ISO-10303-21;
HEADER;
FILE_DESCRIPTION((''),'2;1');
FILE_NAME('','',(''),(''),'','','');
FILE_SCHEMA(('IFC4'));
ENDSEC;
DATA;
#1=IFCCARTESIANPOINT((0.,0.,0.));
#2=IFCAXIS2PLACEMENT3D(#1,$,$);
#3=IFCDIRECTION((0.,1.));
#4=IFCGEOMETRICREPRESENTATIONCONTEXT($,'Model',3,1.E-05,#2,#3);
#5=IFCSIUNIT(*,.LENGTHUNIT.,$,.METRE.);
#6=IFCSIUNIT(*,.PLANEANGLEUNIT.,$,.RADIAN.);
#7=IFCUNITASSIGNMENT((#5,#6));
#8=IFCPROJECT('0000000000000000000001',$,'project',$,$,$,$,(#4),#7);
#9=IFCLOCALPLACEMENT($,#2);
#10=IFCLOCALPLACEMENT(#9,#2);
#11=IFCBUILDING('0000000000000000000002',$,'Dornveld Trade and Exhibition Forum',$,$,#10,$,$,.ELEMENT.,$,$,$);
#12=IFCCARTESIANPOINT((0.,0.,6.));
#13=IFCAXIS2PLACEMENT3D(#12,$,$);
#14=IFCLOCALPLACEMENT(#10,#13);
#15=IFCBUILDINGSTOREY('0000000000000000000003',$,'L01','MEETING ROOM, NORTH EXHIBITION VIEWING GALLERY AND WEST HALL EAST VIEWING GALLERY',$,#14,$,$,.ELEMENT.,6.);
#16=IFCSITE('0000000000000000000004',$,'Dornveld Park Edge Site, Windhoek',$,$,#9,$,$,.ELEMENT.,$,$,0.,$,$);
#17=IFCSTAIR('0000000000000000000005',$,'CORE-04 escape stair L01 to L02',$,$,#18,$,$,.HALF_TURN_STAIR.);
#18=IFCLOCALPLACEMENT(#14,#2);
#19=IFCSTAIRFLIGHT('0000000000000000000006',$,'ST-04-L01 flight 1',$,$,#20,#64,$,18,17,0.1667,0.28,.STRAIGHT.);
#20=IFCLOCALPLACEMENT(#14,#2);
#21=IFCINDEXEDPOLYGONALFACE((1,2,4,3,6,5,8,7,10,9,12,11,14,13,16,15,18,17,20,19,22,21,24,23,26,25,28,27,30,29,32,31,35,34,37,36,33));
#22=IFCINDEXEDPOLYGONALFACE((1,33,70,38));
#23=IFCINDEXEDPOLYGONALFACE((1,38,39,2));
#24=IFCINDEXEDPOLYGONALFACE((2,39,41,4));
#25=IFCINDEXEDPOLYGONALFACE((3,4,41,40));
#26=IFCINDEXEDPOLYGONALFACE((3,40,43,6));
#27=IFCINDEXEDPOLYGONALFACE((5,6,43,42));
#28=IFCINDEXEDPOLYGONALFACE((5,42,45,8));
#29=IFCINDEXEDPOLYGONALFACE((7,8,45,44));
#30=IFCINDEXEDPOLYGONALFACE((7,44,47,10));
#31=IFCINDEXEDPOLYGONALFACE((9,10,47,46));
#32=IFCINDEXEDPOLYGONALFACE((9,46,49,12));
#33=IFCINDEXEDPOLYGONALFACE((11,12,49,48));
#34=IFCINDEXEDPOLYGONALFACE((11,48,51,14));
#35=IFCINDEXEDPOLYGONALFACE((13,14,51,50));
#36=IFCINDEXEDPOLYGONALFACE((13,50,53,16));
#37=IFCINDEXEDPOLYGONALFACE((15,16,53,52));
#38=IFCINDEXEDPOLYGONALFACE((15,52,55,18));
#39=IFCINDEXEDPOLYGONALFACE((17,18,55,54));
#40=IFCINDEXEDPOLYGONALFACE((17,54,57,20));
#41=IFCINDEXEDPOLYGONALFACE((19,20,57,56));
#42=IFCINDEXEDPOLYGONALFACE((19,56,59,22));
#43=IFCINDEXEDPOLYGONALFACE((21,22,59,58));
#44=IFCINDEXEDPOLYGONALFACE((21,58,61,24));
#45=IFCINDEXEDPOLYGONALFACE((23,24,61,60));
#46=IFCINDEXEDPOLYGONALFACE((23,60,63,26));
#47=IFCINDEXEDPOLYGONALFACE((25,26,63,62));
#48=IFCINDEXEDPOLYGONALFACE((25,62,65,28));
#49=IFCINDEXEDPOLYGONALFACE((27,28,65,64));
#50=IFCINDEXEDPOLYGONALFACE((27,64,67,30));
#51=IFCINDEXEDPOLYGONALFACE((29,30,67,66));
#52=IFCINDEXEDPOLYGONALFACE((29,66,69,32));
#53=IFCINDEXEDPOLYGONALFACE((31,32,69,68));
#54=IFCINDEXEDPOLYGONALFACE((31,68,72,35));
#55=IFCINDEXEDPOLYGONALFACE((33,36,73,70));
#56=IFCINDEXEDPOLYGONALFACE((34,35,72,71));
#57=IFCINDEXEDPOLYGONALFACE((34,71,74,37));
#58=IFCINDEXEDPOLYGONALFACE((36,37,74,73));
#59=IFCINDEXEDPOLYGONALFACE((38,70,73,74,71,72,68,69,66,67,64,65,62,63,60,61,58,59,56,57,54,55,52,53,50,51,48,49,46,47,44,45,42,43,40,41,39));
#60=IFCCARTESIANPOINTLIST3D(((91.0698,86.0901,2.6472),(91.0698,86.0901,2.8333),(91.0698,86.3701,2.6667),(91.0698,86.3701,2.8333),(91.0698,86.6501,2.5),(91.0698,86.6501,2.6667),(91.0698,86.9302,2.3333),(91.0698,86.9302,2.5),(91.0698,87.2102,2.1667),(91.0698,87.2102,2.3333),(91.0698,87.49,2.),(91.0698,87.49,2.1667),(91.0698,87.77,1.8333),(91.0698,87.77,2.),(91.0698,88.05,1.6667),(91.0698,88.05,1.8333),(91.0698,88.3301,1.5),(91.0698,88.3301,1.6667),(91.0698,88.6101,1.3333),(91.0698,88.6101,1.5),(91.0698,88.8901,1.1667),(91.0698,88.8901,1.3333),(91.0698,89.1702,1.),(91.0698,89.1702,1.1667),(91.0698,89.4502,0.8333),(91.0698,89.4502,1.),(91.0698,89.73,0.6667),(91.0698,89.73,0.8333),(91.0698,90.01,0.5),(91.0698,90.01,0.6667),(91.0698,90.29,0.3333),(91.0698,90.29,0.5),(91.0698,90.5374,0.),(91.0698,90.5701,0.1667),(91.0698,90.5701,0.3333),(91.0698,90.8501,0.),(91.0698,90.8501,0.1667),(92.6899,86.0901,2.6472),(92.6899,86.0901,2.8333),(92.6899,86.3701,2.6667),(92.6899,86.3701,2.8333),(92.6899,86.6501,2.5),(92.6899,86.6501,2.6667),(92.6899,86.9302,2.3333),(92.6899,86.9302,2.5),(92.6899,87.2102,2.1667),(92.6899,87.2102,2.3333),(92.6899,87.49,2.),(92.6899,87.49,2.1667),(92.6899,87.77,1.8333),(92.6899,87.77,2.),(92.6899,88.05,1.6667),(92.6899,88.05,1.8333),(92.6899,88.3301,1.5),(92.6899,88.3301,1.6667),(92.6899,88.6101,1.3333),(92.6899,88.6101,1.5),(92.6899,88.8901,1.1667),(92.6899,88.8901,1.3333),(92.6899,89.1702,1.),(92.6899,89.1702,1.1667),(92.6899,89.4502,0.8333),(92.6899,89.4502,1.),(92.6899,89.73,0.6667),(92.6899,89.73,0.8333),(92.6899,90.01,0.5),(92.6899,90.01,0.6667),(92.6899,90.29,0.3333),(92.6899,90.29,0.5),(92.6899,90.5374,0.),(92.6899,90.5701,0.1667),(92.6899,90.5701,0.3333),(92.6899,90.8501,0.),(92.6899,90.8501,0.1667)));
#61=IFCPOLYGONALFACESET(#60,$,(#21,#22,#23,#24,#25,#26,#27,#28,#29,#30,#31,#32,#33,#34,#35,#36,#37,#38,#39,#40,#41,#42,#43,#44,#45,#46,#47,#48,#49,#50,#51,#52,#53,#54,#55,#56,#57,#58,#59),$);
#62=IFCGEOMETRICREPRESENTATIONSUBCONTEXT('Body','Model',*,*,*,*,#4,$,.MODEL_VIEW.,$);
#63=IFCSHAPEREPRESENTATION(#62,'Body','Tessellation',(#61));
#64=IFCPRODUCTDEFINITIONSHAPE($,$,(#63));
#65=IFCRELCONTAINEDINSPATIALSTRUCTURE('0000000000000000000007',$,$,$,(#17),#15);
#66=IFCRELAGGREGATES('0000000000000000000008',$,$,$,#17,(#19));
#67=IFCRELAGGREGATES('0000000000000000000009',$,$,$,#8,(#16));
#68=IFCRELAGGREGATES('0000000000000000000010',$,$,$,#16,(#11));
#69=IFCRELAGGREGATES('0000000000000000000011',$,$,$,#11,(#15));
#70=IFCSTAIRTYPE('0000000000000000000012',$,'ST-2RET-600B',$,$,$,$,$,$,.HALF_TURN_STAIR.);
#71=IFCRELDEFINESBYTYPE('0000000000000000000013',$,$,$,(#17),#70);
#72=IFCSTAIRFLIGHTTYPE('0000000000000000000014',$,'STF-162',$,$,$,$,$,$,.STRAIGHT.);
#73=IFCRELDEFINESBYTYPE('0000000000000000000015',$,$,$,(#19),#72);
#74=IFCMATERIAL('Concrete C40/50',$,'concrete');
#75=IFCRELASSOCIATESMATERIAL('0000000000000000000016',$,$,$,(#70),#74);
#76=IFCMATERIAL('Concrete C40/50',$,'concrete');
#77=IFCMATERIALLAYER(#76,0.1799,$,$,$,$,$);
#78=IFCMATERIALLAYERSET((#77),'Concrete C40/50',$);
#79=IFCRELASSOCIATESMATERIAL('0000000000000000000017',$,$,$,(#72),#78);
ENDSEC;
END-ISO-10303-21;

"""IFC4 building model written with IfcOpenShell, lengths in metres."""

from ifc_helpers import new_model, si_unit, direction, frame, origin, place, context, subcontext, project, spatial, polyline, outline, extrude, material, layer, layer_set, type_object, element, aggregate, save


model = new_model("IFC4")

# Units and contexts
model_context = context("Model", 3, precision=1e-05, world=origin(), true_north=direction((0.0, 1.0)))
body_context = subcontext(model_context, "Body", "Model", "MODEL_VIEW")
ifc_project = project(units=[si_unit("LENGTHUNIT", "METRE"), si_unit("PLANEANGLEUNIT", "RADIAN")], contexts=[model_context])

# Site, building, storey
site_placement = place(None, origin())
site = spatial("IfcSite", under=ifc_project, at=site_placement, Name="Dornveld Park Edge Site, Windhoek", CompositionType="ELEMENT", RefElevation=0.0)
building_placement = place(site_placement, origin())
building = spatial("IfcBuilding", under=site, at=building_placement, Name="Dornveld Trade and Exhibition Forum", CompositionType="ELEMENT")
storey_placement = place(building_placement, frame((0.0, 0.0, 6.0)))
storey = spatial("IfcBuildingStorey", under=building, at=storey_placement, Name="L01", Description="MEETING ROOM, NORTH EXHIBITION VIEWING GALLERY AND WEST HALL EAST VIEWING GALLERY", CompositionType="ELEMENT", Elevation=6.0)

# Stair, stair flight
ifc_material_1 = material(Name="Concrete C40/50", Category="concrete")
stair_type = type_object("IfcStairType", Name="ST-2RET-600B", PredefinedType="HALF_TURN_STAIR", material=ifc_material_1)
stair_placement = place(storey_placement, origin())
stair = element("IfcStair", 1, at=stair_placement, inside=storey, type_object=stair_type, Name="CORE-04 escape stair L01 to L02", PredefinedType="HALF_TURN_STAIR")
ifc_material_2 = material(Name="Concrete C40/50", Category="concrete")
ifc_layer_1 = layer(ifc_material_2, 0.1799)
ifc_layer_set_1 = layer_set([ifc_layer_1], Name="Concrete C40/50")
stair_flight_type = type_object("IfcStairFlightType", Name="STF-162", PredefinedType="STRAIGHT", material=ifc_layer_set_1)
stair_flight_placement = place(storey_placement, frame((91.8799, 90.8501, 0.0), z_axis=(0.0, 0.0, 1.0), x_axis=(0.0, -1.0, 0.0)))
stair_flight = element("IfcStairFlight", 2, at=stair_flight_placement, type_object=stair_flight_type, Name="ST-04-L01 flight 1", NumberOfRisers=18, NumberOfTreads=17, PredefinedType="STRAIGHT", RiserHeight=0.1667, TreadLength=0.28, context=body_context, shape_type="SweptSolid", body=[
    extrude(outline(polyline([(0.0, 0.0), (0.0, 0.1667), (0.28, 0.1667), (0.28, 0.3333), (0.5601, 0.3333), (0.5601, 0.5), (0.8401, 0.5), (0.8401, 0.6667), (1.1201, 0.6667), (1.1201, 0.8333), (1.3999, 0.8333), (1.3999, 1.0), (1.6799, 1.0), (1.6799, 1.1667), (1.96, 1.1667), (1.96, 1.3333), (2.24, 1.3333), (2.24, 1.5), (2.52, 1.5), (2.52, 1.6667), (2.8, 1.6667), (2.8, 1.8333), (3.0801, 1.8333), (3.0801, 2.0), (3.3601, 2.0), (3.3601, 2.1667), (3.6399, 2.1667), (3.6399, 2.3333), (3.9199, 2.3333), (3.9199, 2.5), (4.2, 2.5), (4.2, 2.6667), (4.48, 2.6667), (4.48, 2.8333), (4.76, 2.8333), (4.76, 3.0), (4.76, 2.6472), (0.3127, 0.0), (0.0, 0.0)])), frame((0.0, 0.8101, 0.0), z_axis=(0.0, -1.0, 0.0), x_axis=(1.0, 0.0, 0.0)), (0.0, 0.0, 1.0), 1.6201),
])
aggregate(stair, [stair_flight])

save(model, "model.ifc")
